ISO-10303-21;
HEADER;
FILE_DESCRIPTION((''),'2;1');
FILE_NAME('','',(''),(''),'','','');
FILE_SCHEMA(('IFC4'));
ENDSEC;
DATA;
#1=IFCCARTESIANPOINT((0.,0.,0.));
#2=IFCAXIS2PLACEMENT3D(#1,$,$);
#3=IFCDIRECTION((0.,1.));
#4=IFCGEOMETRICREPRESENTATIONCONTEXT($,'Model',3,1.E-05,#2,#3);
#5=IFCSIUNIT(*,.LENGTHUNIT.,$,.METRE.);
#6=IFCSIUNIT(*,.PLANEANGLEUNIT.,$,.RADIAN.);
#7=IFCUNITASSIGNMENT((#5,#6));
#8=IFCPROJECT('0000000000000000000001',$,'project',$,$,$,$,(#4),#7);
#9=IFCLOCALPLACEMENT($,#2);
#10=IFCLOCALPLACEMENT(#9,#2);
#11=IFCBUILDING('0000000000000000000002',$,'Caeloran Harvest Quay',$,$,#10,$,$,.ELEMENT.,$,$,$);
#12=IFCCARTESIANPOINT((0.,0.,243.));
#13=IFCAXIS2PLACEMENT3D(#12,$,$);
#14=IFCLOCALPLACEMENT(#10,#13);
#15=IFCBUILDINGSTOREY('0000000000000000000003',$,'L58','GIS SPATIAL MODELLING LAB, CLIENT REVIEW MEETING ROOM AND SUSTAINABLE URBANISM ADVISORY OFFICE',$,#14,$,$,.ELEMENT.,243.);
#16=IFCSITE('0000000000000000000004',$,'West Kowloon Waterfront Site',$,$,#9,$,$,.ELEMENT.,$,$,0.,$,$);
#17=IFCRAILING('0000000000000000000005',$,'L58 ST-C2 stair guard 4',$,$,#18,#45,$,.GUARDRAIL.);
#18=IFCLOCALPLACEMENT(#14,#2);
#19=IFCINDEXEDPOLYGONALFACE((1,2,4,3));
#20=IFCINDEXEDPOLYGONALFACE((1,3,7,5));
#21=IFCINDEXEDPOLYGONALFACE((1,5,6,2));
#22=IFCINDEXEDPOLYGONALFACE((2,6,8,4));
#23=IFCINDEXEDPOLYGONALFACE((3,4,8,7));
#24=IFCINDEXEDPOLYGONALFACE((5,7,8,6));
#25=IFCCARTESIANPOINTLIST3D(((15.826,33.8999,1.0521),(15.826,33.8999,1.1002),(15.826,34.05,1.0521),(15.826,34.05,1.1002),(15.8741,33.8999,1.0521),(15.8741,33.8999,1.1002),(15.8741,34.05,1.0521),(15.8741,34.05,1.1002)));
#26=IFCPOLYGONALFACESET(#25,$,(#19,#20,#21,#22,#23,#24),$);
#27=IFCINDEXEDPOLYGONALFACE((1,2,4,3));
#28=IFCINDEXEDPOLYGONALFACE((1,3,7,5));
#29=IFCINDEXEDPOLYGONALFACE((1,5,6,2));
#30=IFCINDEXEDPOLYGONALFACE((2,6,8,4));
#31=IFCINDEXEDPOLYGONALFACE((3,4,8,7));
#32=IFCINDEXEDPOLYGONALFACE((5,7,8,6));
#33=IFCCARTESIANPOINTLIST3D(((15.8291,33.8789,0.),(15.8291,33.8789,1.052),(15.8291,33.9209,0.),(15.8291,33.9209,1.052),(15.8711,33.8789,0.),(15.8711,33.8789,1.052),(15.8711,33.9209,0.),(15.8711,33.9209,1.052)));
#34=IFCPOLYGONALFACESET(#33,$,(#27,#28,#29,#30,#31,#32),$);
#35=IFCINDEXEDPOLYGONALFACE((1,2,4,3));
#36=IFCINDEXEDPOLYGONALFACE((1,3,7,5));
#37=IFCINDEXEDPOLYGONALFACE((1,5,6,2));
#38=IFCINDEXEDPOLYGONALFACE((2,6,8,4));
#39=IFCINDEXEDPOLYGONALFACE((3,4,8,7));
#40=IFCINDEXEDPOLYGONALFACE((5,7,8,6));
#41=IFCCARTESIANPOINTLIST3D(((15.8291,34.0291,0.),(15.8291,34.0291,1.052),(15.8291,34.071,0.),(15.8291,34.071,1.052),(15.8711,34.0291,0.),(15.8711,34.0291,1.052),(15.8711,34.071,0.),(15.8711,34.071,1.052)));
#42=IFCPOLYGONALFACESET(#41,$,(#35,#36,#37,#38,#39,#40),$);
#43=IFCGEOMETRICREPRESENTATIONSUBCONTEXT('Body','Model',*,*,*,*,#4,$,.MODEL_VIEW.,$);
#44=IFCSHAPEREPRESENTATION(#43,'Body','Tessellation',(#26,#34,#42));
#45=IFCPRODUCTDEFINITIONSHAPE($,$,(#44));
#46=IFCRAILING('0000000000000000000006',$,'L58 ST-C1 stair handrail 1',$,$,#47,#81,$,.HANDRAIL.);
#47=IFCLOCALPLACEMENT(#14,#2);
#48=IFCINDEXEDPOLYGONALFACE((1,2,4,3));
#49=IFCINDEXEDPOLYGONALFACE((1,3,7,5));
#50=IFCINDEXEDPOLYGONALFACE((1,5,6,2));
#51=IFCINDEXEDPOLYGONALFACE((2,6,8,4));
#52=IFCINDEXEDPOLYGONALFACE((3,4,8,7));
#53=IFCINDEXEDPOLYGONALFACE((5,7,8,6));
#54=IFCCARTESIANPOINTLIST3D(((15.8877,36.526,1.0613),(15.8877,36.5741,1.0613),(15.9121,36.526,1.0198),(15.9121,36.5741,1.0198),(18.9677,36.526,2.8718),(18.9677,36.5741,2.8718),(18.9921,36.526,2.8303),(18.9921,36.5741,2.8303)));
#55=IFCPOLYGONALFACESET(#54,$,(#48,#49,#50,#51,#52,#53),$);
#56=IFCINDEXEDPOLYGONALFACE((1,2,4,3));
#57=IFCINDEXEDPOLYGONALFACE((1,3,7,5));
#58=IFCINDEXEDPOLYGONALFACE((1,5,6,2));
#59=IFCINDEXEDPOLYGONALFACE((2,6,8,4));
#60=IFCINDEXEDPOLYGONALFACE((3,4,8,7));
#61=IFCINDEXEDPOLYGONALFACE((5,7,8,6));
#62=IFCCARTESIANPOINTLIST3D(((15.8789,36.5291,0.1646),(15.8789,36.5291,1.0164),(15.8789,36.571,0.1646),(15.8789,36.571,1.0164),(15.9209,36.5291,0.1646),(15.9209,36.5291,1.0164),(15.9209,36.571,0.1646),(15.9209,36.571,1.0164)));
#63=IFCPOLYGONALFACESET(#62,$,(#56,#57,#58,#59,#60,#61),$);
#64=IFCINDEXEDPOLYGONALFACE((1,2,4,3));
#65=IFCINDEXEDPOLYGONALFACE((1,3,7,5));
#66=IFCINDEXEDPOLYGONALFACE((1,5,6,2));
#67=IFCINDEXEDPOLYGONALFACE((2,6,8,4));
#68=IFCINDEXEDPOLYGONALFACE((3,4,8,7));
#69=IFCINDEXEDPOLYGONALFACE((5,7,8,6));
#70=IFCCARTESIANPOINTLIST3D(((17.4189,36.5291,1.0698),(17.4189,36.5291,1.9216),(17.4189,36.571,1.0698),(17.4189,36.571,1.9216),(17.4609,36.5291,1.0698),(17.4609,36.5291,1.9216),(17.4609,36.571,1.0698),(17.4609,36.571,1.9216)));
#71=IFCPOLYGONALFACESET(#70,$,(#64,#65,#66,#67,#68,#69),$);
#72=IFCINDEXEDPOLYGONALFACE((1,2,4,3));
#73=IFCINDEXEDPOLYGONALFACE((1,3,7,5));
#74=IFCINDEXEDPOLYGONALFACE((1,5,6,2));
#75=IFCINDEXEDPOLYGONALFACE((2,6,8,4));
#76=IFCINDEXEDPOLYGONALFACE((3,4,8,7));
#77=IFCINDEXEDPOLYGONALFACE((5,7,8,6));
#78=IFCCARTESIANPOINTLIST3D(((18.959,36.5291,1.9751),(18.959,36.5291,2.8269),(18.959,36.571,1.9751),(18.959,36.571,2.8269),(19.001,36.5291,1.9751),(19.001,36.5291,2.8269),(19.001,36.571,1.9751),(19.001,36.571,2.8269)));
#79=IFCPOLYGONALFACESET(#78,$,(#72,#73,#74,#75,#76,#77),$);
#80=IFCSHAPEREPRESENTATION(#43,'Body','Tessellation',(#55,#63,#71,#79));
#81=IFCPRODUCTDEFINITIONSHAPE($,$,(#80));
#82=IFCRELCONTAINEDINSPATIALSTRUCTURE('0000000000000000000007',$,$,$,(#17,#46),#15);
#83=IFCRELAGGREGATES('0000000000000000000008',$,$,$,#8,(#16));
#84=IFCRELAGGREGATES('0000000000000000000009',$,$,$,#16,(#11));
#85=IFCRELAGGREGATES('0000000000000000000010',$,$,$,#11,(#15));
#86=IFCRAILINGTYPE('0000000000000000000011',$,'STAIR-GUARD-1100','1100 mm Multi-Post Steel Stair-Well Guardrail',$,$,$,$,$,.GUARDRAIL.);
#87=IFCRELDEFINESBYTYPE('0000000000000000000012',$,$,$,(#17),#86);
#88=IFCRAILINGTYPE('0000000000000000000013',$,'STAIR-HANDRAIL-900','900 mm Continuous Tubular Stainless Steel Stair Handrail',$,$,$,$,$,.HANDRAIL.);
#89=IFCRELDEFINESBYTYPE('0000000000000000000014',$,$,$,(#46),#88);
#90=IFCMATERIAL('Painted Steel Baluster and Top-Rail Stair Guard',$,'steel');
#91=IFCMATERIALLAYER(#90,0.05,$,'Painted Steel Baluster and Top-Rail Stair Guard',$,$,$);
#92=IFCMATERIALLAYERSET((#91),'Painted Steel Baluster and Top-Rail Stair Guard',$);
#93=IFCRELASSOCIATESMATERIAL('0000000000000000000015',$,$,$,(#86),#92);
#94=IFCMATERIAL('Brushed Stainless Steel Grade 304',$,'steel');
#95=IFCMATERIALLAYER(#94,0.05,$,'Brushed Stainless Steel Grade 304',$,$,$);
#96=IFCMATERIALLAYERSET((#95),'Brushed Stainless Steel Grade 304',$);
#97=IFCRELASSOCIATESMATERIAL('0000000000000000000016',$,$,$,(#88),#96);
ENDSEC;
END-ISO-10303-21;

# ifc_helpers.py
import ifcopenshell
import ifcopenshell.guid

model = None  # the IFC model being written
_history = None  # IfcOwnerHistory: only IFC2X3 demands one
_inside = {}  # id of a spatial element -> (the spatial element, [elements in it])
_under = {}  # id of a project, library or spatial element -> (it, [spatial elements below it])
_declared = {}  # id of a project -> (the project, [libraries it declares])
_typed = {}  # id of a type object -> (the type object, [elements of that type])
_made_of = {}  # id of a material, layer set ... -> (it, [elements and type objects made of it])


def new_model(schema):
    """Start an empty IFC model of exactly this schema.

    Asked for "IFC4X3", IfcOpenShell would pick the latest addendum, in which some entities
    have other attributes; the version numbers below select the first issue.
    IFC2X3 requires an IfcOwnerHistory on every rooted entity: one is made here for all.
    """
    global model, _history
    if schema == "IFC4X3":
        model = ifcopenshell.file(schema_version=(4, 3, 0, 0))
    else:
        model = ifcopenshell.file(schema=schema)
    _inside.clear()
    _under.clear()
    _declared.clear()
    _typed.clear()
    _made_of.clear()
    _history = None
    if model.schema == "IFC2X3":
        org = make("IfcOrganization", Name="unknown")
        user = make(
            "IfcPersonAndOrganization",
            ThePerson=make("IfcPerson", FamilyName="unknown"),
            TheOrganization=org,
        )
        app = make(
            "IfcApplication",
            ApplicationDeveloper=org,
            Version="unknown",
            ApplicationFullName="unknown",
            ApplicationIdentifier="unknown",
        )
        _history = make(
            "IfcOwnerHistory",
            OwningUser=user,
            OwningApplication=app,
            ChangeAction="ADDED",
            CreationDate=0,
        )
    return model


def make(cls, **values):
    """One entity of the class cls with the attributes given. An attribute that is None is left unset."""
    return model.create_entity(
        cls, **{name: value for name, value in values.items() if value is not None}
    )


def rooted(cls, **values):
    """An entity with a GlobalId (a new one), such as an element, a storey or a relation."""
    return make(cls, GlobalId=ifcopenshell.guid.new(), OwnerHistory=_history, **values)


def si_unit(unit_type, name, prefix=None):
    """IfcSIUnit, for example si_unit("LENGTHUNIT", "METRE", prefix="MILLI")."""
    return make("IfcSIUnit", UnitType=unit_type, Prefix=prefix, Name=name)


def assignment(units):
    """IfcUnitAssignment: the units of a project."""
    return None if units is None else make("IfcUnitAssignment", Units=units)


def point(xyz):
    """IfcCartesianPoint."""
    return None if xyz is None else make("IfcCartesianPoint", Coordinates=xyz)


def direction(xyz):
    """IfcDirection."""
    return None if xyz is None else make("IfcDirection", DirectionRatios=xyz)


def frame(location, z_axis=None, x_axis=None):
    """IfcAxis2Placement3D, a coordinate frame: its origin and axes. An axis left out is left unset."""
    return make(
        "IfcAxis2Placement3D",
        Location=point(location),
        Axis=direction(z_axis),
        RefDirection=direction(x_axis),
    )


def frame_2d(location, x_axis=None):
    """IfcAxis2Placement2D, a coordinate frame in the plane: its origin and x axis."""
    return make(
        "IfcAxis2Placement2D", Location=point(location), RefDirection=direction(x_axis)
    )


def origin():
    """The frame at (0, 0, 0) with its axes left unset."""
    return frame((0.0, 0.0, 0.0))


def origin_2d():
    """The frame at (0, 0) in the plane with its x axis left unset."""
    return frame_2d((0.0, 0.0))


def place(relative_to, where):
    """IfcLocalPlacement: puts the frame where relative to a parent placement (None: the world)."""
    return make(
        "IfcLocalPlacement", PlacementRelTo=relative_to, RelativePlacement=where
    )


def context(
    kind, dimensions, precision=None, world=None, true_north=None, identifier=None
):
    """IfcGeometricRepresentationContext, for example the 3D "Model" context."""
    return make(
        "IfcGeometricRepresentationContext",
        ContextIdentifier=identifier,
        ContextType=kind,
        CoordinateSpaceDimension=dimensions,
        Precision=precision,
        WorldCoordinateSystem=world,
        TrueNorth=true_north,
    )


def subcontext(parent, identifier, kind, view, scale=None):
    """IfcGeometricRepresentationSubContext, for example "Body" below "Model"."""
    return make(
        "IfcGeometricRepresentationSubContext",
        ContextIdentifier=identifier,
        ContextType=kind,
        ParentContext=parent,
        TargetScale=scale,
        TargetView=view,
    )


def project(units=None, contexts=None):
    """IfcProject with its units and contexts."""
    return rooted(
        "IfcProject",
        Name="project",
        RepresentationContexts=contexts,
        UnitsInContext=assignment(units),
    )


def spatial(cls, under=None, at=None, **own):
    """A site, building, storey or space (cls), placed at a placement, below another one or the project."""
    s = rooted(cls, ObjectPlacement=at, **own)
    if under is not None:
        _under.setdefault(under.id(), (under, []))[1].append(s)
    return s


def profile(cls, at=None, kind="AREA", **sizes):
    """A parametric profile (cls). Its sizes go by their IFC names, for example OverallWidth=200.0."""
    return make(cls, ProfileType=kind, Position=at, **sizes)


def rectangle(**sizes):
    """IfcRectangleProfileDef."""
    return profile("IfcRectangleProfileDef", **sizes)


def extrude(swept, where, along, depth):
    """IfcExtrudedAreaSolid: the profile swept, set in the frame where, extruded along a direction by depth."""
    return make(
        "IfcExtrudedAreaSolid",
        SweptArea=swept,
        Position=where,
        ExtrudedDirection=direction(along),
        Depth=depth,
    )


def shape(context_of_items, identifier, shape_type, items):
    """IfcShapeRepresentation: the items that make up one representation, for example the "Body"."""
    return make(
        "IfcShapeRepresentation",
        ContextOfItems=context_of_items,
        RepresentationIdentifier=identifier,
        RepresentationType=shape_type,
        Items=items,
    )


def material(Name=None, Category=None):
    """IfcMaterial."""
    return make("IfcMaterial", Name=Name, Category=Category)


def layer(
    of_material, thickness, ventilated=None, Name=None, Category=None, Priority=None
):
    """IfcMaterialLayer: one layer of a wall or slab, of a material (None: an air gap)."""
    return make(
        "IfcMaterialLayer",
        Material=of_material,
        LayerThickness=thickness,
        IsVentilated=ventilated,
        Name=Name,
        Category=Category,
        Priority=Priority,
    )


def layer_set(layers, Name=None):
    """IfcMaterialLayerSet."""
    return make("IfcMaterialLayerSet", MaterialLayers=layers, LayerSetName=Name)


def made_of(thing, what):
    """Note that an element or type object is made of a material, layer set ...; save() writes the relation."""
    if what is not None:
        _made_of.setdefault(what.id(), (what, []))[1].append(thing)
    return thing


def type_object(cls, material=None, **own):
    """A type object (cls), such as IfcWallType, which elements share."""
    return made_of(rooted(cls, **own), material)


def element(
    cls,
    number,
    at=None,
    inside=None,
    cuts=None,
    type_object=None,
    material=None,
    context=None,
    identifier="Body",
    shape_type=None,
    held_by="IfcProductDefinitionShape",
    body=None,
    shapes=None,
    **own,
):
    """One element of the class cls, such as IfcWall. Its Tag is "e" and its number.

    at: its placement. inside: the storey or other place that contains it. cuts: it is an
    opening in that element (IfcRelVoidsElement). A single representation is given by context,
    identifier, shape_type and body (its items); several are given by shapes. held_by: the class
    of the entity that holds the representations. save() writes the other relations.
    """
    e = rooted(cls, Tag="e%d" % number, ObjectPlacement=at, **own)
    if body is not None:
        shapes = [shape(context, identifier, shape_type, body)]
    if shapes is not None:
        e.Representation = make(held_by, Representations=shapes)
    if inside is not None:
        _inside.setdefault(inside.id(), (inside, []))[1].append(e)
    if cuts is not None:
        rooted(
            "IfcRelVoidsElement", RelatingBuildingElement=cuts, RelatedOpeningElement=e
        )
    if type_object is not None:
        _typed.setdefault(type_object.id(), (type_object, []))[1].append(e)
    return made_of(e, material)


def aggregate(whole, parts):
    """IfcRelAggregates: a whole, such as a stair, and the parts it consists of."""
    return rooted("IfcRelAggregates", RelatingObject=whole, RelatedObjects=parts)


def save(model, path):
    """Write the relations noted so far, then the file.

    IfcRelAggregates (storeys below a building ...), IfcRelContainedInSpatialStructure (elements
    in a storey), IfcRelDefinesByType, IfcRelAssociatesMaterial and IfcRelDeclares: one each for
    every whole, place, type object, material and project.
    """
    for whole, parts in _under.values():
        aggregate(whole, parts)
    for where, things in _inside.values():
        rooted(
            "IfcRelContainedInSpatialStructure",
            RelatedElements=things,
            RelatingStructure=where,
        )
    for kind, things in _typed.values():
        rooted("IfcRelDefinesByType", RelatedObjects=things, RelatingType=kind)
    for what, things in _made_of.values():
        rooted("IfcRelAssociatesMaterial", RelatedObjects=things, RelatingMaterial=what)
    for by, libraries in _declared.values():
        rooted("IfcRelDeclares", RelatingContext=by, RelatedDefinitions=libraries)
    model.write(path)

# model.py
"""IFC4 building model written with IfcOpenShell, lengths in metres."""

from ifc_helpers import new_model, si_unit, direction, frame, origin, origin_2d, place, context, subcontext, project, spatial, rectangle, extrude, material, layer, layer_set, type_object, element, save


model = new_model("IFC4")

# Units and contexts
model_context = context("Model", 3, precision=1e-05, world=origin(), true_north=direction((0.0, 1.0)))
body_context = subcontext(model_context, "Body", "Model", "MODEL_VIEW")
ifc_project = project(units=[si_unit("LENGTHUNIT", "METRE"), si_unit("PLANEANGLEUNIT", "RADIAN")], contexts=[model_context])

# Site, building, storey
site_placement = place(None, origin())
site = spatial("IfcSite", under=ifc_project, at=site_placement, Name="West Kowloon Waterfront Site", CompositionType="ELEMENT", RefElevation=0.0)
building_placement = place(site_placement, origin())
building = spatial("IfcBuilding", under=site, at=building_placement, Name="Caeloran Harvest Quay", CompositionType="ELEMENT")
storey_placement = place(building_placement, frame((0.0, 0.0, 243.0)))
storey = spatial("IfcBuildingStorey", under=building, at=storey_placement, Name="L58", Description="GIS SPATIAL MODELLING LAB, CLIENT REVIEW MEETING ROOM AND SUSTAINABLE URBANISM ADVISORY OFFICE", CompositionType="ELEMENT", Elevation=243.0)

# Railings
ifc_material_1 = material(Name="Painted Steel Baluster and Top-Rail Stair Guard", Category="steel")
ifc_layer_1 = layer(ifc_material_1, 0.05, Name="Painted Steel Baluster and Top-Rail Stair Guard")
ifc_layer_set_1 = layer_set([ifc_layer_1], Name="Painted Steel Baluster and Top-Rail Stair Guard")
railing_type_1 = type_object("IfcRailingType", Name="STAIR-GUARD-1100", Description="1100 mm Multi-Post Steel Stair-Well Guardrail", PredefinedType="GUARDRAIL", material=ifc_layer_set_1)
railing_1_placement = place(storey_placement, frame((15.8501, 33.8999, 0.0)))
element("IfcRailing", 1, at=railing_1_placement, inside=storey, type_object=railing_type_1, Name="L58 ST-C2 stair guard 4", PredefinedType="GUARDRAIL", context=body_context, shape_type="SweptSolid", body=[
    extrude(rectangle(XDim=0.0481, YDim=0.0481, at=origin_2d()), frame((0.0, 0.0, 1.0762), z_axis=(0.0, 1.0, 0.0), x_axis=(-1.0, 0.0, 0.0)), (0.0, 0.0, 1.0), 0.1501),
    extrude(rectangle(XDim=0.042, YDim=0.042, at=origin_2d()), origin(), (0.0, 0.0, 1.0), 1.052),
    extrude(rectangle(XDim=0.042, YDim=0.042, at=origin_2d()), frame((0.0, 0.1501, 0.0)), (0.0, 0.0, 1.0), 1.052),
])
ifc_material_2 = material(Name="Brushed Stainless Steel Grade 304", Category="steel")
ifc_layer_2 = layer(ifc_material_2, 0.05, Name="Brushed Stainless Steel Grade 304")
ifc_layer_set_2 = layer_set([ifc_layer_2], Name="Brushed Stainless Steel Grade 304")
railing_type_2 = type_object("IfcRailingType", Name="STAIR-HANDRAIL-900", Description="900 mm Continuous Tubular Stainless Steel Stair Handrail", PredefinedType="HANDRAIL", material=ifc_layer_set_2)
railing_2_placement = place(storey_placement, frame((15.8999, 36.55, 0.1646)))
element("IfcRailing", 2, at=railing_2_placement, inside=storey, type_object=railing_type_2, Name="L58 ST-C1 stair handrail 1", PredefinedType="HANDRAIL", context=body_context, shape_type="SweptSolid", body=[
    extrude(rectangle(XDim=0.0481, YDim=0.0481, at=origin_2d()), frame((0.0, 0.0, 0.876), z_axis=(0.862089, 0.0, 0.506757), x_axis=(0.0, 1.0, 0.0)), (0.0, 0.0, 1.0), 3.5728),
    extrude(rectangle(XDim=0.042, YDim=0.042, at=origin_2d()), origin(), (0.0, 0.0, 1.0), 0.8518),
    extrude(rectangle(XDim=0.042, YDim=0.042, at=origin_2d()), frame((1.54, 0.0, 0.9053)), (0.0, 0.0, 1.0), 0.8518),
    extrude(rectangle(XDim=0.042, YDim=0.042, at=origin_2d()), frame((3.0801, 0.0, 1.8105)), (0.0, 0.0, 1.0), 0.8518),
])

save(model, "model.ifc")
